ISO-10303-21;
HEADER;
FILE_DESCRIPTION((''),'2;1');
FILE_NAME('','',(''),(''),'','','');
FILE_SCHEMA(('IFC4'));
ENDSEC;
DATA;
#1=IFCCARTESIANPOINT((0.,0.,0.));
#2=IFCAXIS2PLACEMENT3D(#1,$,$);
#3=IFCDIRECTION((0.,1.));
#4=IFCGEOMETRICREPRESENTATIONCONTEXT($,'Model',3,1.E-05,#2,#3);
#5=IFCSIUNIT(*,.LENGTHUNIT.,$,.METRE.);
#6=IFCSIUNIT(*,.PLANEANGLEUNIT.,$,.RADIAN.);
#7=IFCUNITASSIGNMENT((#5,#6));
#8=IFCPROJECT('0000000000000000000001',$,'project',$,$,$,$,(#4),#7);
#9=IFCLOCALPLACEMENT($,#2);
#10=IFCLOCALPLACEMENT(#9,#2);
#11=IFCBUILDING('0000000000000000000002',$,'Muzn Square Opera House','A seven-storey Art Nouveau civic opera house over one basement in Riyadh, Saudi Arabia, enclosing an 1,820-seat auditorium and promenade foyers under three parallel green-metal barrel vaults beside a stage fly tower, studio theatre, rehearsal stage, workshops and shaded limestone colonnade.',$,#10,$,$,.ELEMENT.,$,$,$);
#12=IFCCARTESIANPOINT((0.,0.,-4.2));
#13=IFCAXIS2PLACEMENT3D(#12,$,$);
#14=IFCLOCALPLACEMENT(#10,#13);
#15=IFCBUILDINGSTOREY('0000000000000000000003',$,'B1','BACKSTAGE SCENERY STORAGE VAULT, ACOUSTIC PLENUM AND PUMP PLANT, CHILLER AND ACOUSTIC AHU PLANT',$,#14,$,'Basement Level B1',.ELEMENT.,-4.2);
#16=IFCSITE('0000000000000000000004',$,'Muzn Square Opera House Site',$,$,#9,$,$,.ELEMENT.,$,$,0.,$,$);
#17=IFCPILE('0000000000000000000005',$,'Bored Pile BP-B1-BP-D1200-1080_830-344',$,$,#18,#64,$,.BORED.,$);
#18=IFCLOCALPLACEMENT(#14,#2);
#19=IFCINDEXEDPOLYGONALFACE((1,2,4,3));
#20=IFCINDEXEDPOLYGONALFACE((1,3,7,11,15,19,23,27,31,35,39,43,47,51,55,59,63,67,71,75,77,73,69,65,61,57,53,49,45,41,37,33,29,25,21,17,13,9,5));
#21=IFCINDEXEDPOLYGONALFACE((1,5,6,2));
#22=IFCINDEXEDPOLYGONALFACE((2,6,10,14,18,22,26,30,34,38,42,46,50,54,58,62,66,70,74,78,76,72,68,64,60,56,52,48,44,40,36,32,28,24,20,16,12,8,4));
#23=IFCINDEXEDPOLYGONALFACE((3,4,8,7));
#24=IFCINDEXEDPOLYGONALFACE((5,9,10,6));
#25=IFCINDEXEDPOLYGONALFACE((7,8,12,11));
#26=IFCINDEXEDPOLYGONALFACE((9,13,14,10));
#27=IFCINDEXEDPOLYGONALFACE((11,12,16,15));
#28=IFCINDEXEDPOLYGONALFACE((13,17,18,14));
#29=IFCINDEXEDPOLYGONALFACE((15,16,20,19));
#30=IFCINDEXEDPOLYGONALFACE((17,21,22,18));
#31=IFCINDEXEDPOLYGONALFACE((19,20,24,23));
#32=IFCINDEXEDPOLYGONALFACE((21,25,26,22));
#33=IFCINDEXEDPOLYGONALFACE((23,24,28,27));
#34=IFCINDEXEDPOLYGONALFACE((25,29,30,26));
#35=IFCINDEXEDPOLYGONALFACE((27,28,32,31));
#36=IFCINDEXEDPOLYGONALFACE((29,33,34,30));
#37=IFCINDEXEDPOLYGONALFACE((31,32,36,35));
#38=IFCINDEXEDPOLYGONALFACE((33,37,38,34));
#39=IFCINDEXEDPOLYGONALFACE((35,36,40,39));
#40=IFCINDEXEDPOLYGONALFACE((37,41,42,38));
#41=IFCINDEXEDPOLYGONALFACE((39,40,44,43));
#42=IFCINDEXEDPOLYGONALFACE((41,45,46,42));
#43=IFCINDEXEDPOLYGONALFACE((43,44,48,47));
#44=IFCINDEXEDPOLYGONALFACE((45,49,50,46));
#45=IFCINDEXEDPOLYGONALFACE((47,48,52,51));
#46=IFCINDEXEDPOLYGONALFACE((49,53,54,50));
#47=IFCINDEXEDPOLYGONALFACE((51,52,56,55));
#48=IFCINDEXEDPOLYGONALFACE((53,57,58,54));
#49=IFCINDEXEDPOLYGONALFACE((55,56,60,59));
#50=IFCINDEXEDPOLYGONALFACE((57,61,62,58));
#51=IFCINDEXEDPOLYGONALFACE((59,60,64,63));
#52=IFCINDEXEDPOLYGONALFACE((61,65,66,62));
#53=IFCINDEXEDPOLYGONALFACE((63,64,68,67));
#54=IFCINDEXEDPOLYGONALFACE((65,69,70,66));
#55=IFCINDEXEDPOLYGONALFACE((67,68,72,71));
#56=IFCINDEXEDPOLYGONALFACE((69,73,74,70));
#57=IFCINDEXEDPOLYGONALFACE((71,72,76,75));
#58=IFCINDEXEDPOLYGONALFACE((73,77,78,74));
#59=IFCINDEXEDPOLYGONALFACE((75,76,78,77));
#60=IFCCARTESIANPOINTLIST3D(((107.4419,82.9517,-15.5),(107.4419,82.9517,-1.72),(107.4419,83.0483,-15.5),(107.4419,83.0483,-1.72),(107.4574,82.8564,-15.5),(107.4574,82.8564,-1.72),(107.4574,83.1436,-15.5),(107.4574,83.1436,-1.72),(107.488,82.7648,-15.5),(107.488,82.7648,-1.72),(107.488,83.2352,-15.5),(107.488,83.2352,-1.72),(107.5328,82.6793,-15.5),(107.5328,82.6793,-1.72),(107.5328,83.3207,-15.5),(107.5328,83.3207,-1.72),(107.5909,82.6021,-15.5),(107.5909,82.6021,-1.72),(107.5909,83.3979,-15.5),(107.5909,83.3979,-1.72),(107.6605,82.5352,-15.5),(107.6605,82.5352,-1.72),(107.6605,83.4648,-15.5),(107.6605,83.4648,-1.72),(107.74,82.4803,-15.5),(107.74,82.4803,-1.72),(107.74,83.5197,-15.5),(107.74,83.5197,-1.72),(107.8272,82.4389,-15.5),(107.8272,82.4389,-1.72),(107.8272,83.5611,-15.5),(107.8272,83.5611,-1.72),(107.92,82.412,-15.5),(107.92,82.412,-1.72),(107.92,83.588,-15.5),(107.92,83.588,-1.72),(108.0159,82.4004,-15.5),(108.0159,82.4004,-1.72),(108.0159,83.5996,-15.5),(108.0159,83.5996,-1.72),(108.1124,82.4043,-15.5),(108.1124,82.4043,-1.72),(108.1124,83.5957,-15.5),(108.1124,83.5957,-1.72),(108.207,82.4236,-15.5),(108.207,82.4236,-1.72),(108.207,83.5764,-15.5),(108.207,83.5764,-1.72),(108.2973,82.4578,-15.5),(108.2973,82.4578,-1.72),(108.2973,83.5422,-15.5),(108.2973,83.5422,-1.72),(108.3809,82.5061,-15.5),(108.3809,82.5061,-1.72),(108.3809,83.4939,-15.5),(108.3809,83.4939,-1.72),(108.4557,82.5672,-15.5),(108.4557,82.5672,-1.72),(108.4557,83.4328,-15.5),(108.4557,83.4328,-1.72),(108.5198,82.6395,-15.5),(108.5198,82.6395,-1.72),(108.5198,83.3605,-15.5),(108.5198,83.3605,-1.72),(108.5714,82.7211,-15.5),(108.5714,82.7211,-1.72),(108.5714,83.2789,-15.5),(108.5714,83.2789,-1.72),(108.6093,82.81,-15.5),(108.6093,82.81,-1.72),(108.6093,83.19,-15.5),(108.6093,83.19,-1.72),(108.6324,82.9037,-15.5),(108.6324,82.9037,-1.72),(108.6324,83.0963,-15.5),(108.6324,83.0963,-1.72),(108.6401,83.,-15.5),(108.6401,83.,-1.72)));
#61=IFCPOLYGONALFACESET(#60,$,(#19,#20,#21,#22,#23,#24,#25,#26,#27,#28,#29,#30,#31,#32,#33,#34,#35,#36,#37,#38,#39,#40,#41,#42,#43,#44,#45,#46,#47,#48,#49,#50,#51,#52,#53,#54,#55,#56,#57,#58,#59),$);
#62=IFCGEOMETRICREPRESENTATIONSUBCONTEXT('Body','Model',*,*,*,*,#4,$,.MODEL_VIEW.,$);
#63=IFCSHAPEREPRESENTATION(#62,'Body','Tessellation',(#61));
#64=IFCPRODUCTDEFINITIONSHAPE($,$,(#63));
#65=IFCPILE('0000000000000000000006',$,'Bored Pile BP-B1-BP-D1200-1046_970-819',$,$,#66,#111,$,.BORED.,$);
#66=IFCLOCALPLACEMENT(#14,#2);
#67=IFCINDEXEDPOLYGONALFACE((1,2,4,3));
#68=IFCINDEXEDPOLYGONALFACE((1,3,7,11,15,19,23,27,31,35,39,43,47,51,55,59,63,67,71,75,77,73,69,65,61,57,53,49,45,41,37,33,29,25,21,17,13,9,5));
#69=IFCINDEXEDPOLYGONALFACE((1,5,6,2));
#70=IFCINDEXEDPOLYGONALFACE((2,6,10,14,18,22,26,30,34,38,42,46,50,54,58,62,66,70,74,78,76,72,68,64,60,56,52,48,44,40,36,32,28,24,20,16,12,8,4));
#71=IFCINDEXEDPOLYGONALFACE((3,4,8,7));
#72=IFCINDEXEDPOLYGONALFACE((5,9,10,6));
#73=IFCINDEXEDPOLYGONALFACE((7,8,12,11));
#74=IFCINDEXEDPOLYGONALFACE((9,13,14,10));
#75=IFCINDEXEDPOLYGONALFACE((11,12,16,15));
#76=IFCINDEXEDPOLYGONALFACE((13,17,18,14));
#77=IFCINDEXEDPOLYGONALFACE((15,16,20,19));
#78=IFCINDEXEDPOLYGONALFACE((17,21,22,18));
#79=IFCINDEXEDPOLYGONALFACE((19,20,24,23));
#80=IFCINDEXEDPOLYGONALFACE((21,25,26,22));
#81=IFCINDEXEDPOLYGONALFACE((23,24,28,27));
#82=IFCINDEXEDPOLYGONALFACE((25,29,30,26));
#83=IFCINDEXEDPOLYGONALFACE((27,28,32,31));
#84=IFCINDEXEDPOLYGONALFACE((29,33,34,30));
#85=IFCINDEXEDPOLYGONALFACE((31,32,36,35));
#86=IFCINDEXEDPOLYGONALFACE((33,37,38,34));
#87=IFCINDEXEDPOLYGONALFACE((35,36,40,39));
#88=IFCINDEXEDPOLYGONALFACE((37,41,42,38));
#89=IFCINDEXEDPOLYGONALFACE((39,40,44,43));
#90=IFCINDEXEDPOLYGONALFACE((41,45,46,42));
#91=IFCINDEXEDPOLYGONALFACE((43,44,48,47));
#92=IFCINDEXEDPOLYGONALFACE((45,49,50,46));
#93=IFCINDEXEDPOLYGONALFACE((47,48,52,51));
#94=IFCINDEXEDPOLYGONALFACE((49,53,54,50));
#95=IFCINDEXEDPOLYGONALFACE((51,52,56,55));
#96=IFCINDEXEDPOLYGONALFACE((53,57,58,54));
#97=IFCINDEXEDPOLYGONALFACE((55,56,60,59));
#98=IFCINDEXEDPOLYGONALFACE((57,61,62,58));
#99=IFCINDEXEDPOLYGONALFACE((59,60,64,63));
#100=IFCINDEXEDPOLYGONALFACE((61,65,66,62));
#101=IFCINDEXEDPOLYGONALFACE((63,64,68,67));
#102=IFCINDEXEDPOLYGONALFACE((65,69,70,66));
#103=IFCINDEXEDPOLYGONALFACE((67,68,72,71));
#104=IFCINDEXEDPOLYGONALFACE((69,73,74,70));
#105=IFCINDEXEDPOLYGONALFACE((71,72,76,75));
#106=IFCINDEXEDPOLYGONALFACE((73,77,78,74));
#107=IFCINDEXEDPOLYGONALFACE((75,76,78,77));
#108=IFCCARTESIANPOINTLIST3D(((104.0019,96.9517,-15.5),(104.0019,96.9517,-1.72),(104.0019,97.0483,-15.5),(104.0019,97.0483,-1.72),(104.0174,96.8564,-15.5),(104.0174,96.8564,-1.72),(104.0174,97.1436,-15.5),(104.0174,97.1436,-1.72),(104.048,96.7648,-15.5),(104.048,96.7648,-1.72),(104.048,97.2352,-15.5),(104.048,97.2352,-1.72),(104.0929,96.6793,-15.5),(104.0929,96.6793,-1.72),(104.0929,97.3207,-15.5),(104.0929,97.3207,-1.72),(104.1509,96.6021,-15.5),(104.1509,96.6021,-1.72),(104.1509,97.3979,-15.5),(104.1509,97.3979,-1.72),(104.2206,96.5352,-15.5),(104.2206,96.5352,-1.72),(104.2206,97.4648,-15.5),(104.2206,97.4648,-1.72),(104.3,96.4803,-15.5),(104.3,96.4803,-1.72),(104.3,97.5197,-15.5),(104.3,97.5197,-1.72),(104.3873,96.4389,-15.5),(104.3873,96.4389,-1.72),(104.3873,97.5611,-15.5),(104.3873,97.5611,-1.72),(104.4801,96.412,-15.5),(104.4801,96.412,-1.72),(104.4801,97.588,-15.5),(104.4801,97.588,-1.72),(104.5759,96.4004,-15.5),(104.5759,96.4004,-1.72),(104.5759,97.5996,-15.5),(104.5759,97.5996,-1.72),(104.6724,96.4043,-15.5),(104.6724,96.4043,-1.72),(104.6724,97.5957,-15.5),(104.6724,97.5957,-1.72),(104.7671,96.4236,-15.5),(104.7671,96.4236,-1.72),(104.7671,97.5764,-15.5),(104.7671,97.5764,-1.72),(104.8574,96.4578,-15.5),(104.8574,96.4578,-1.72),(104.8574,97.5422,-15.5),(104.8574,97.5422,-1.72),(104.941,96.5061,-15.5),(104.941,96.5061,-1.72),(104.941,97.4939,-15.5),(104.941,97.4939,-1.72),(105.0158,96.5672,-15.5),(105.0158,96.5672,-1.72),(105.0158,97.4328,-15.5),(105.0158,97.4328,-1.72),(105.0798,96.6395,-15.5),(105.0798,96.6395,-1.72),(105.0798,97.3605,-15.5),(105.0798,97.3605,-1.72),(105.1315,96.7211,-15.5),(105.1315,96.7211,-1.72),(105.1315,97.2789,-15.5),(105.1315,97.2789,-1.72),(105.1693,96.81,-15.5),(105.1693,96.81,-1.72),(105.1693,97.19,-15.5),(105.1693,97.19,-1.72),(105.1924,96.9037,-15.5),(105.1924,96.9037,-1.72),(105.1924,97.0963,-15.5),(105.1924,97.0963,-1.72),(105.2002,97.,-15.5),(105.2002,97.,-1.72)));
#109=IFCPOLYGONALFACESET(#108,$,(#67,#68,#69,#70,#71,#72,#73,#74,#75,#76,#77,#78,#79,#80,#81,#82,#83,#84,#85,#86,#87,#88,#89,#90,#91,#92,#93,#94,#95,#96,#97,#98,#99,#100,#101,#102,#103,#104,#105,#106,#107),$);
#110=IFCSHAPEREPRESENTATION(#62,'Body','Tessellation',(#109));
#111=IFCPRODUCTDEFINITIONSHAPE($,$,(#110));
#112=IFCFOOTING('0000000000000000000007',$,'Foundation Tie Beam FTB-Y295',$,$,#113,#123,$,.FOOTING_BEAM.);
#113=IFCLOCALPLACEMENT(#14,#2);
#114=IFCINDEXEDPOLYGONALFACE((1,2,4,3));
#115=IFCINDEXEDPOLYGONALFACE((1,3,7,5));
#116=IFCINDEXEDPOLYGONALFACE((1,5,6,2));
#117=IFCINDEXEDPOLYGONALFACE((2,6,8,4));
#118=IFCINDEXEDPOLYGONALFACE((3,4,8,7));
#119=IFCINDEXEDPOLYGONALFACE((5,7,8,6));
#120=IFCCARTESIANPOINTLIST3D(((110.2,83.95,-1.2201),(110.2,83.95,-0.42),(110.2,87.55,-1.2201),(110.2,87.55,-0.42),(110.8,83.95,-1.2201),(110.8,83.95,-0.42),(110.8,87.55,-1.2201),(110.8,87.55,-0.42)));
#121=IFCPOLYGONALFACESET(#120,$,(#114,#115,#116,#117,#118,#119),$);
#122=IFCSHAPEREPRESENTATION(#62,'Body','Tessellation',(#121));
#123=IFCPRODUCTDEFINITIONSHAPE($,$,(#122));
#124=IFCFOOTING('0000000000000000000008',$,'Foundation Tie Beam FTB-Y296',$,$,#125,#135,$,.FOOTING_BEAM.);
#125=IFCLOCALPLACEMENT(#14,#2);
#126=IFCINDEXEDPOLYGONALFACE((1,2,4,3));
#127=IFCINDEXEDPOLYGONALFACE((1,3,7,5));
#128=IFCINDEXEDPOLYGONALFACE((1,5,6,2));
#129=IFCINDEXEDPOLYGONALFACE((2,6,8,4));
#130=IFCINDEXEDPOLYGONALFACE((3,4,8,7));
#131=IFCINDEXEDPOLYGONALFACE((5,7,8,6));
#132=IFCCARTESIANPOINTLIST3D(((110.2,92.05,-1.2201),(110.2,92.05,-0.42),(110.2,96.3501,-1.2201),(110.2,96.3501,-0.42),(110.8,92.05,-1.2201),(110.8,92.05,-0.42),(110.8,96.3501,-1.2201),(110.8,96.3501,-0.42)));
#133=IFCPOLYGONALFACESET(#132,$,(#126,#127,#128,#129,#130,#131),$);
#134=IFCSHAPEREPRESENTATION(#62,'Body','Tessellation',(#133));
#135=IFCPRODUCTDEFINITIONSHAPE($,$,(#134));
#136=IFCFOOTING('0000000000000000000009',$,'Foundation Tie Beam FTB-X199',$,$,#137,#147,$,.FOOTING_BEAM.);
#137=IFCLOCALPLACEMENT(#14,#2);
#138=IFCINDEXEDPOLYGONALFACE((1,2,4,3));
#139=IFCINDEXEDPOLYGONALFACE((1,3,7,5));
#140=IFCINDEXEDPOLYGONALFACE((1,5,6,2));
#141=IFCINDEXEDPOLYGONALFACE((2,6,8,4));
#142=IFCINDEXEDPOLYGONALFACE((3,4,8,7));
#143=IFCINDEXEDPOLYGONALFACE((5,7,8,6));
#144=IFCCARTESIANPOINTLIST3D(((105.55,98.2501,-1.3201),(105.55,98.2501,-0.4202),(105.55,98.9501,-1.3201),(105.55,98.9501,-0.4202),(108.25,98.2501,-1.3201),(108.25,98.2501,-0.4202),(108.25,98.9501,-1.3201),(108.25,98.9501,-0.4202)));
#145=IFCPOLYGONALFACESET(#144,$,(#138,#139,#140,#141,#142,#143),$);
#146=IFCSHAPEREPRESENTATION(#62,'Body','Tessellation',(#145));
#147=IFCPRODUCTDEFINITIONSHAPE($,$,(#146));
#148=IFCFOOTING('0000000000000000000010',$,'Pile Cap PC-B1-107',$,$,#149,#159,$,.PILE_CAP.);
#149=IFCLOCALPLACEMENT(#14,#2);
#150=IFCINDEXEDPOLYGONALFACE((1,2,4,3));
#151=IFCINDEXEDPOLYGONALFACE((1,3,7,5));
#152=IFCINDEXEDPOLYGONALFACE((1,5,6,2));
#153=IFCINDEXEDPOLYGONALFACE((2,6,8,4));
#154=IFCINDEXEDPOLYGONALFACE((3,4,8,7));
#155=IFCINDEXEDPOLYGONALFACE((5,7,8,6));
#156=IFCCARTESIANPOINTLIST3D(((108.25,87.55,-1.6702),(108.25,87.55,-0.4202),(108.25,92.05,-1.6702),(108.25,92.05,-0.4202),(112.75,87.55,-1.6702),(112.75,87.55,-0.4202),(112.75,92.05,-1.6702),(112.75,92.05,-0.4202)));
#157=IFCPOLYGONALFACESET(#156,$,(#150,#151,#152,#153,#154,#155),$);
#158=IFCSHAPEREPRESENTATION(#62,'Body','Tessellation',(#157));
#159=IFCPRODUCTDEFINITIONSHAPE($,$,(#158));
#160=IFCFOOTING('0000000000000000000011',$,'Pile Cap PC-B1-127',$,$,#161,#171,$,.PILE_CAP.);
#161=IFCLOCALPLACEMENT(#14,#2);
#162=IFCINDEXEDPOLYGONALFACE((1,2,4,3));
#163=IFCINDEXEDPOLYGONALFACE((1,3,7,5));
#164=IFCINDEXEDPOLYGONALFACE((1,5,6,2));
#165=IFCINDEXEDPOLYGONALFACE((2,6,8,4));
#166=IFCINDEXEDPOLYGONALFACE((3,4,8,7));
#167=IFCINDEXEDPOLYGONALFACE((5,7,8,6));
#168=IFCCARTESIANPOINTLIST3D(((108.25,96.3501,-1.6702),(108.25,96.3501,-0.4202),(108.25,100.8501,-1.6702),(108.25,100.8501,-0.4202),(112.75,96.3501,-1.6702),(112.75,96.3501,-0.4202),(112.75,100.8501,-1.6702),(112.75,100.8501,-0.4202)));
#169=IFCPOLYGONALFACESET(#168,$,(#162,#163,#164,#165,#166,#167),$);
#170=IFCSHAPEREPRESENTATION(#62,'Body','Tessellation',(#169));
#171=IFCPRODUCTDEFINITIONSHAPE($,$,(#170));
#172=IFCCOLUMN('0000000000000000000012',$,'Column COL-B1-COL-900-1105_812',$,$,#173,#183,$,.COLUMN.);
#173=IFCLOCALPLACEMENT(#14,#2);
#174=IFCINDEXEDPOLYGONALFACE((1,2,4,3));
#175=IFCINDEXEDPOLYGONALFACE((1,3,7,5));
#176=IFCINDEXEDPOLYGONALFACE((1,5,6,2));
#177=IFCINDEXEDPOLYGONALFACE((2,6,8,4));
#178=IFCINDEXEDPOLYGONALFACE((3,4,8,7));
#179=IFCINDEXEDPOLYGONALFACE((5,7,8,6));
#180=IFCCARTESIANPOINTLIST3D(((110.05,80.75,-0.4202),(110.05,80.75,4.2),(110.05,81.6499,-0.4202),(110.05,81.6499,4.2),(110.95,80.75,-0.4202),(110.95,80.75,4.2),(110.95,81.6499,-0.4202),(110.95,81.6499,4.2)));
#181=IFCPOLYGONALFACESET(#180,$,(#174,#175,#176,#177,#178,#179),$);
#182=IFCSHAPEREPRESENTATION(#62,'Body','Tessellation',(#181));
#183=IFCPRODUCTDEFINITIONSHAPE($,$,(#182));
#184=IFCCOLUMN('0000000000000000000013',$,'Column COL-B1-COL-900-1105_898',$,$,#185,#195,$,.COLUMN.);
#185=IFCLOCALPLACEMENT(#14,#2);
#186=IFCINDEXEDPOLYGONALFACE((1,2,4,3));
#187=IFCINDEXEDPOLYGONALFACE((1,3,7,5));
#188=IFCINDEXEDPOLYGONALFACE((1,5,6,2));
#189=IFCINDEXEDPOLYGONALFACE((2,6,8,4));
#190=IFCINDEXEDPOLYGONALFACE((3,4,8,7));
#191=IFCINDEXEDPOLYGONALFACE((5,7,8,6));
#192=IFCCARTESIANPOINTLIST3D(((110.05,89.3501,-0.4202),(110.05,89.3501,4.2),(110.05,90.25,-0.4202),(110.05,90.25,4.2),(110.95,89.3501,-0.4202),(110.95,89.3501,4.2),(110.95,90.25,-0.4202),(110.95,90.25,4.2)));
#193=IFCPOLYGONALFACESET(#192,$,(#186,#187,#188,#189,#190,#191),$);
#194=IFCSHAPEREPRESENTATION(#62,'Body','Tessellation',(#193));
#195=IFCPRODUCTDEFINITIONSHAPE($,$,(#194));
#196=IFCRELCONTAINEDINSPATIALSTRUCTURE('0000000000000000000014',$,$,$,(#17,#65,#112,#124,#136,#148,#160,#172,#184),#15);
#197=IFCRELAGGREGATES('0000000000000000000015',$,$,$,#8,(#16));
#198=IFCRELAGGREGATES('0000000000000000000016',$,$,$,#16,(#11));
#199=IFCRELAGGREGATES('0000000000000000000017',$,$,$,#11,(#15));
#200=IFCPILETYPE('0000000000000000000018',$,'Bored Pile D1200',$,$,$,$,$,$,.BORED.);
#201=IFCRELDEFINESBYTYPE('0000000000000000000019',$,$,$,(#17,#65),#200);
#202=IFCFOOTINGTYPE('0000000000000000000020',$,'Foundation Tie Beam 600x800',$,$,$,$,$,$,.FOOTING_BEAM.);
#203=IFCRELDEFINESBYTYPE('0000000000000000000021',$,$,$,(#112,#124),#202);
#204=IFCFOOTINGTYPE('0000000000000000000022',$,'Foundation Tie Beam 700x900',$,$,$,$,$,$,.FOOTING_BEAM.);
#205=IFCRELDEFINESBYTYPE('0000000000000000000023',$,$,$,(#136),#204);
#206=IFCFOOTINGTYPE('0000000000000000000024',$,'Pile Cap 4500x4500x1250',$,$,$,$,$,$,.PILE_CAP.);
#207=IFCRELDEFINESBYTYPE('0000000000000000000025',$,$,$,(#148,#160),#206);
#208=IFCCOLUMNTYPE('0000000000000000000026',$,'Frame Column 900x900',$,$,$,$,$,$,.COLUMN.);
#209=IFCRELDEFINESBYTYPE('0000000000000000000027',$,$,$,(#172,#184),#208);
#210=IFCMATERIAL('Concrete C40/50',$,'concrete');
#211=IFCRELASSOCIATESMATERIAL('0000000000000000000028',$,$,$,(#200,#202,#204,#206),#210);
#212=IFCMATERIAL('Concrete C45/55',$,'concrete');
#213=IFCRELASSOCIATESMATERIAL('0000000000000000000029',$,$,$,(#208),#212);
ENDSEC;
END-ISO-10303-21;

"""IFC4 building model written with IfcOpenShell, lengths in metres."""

from ifc_helpers import new_model, si_unit, direction, frame, origin, origin_2d, place, context, subcontext, project, spatial, rectangle, circle, extrude, material, material_profile, profile_set, type_object, element, save


model = new_model("IFC4")

# Units and contexts
model_context = context("Model", 3, precision=1e-05, world=origin(), true_north=direction((0.0, 1.0)))
body_context = subcontext(model_context, "Body", "Model", "MODEL_VIEW")
ifc_project = project(units=[si_unit("LENGTHUNIT", "METRE"), si_unit("PLANEANGLEUNIT", "RADIAN")], contexts=[model_context])

# Site, building, storey
site_placement = place(None, origin())
site = spatial("IfcSite", under=ifc_project, at=site_placement, Name="Muzn Square Opera House Site", CompositionType="ELEMENT", RefElevation=0.0)
building_placement = place(site_placement, origin())
building = spatial("IfcBuilding", under=site, at=building_placement, Name="Muzn Square Opera House", Description="A seven-storey Art Nouveau civic opera house over one basement in Riyadh, Saudi Arabia, enclosing an 1,820-seat auditorium and promenade foyers under three parallel green-metal barrel vaults beside a stage fly tower, studio theatre, rehearsal stage, workshops and shaded limestone colonnade.", CompositionType="ELEMENT")
storey_placement = place(building_placement, frame((0.0, 0.0, -4.2)))
storey = spatial("IfcBuildingStorey", under=building, at=storey_placement, Name="B1", Description="BACKSTAGE SCENERY STORAGE VAULT, ACOUSTIC PLENUM AND PUMP PLANT, CHILLER AND ACOUSTIC AHU PLANT", LongName="Basement Level B1", CompositionType="ELEMENT", Elevation=-4.2)

# Piles
ifc_material_1 = material(Name="Concrete C40/50", Category="concrete")
ifc_material_profile_1 = material_profile(ifc_material_1, circle(Radius=0.6001, at=origin_2d()), Name="BORED PILE D1200", Category="concrete")
ifc_profile_set_1 = profile_set([ifc_material_profile_1], Name="Concrete C40/50")
pile_type_1 = type_object("IfcPileType", Name="Bored Pile D1200", PredefinedType="BORED", material=ifc_profile_set_1)
for number, where, z_axis, x_axis, name in (
    (1, (108.04, 83.0, -1.72), (0.0, 0.0, -1.0), (1.0, 0.0, 0.0), "Bored Pile BP-B1-BP-D1200-1080_830-344"),
    (2, (104.6001, 97.0, -1.72), (0.0, 0.0, -1.0), (1.0, 0.0, 0.0), "Bored Pile BP-B1-BP-D1200-1046_970-819"),
):
    element("IfcPile", number, at=place(storey_placement, frame(where, z_axis=z_axis, x_axis=x_axis)), inside=storey, type_object=pile_type_1, Name=name, PredefinedType="BORED", context=body_context, shape_type="SweptSolid", body=[
        extrude(circle(Radius=0.6001, at=origin_2d()), origin(), (0.0, 0.0, 1.0), 13.78),
    ])

# Footings
ifc_material_profile_2 = material_profile(ifc_material_1, rectangle(XDim=0.6001, YDim=0.8, at=origin_2d()), Name="RCTB 600x800", Category="concrete")
ifc_profile_set_2 = profile_set([ifc_material_profile_2], Name="Concrete C40/50")
footing_type_1 = type_object("IfcFootingType", Name="Foundation Tie Beam 600x800", PredefinedType="FOOTING_BEAM", material=ifc_profile_set_2)
footing_1_placement = place(storey_placement, frame((110.5, 83.95, -0.8201), z_axis=(0.0, 1.0, 0.0), x_axis=(-1.0, 0.0, 0.0)))
element("IfcFooting", 3, at=footing_1_placement, inside=storey, type_object=footing_type_1, Name="Foundation Tie Beam FTB-Y295", PredefinedType="FOOTING_BEAM", context=body_context, shape_type="SweptSolid", body=[
    extrude(rectangle(XDim=0.6001, YDim=0.8, at=origin_2d()), origin(), (0.0, 0.0, 1.0), 3.6001),
])
footing_2_placement = place(storey_placement, frame((110.5, 92.05, -0.8201), z_axis=(0.0, 1.0, 0.0), x_axis=(-1.0, 0.0, 0.0)))
element("IfcFooting", 4, at=footing_2_placement, inside=storey, type_object=footing_type_1, Name="Foundation Tie Beam FTB-Y296", PredefinedType="FOOTING_BEAM", context=body_context, shape_type="SweptSolid", body=[
    extrude(rectangle(XDim=0.6001, YDim=0.8, at=origin_2d()), origin(), (0.0, 0.0, 1.0), 4.3),
])
ifc_material_profile_3 = material_profile(ifc_material_1, rectangle(XDim=0.7, YDim=0.8999, at=origin_2d()), Name="RCTB 700x900", Category="concrete")
ifc_profile_set_3 = profile_set([ifc_material_profile_3], Name="Concrete C40/50")
footing_type_2 = type_object("IfcFootingType", Name="Foundation Tie Beam 700x900", PredefinedType="FOOTING_BEAM", material=ifc_profile_set_3)
footing_3_placement = place(storey_placement, frame((105.55, 98.6001, -0.8701), z_axis=(1.0, 0.0, 0.0), x_axis=(0.0, 1.0, 0.0)))
element("IfcFooting", 5, at=footing_3_placement, inside=storey, type_object=footing_type_2, Name="Foundation Tie Beam FTB-X199", PredefinedType="FOOTING_BEAM", context=body_context, shape_type="SweptSolid", body=[
    extrude(rectangle(XDim=0.7, YDim=0.8999, at=origin_2d()), origin(), (0.0, 0.0, 1.0), 2.7),
])
footing_type_3 = type_object("IfcFootingType", Name="Pile Cap 4500x4500x1250", PredefinedType="PILE_CAP", material=ifc_material_1)
for number, where, z_axis, x_axis, name in (
    (6, (110.5, 89.8, -1.6702), (0.0, 0.0, 1.0), (1.0, 0.0, 0.0), "Pile Cap PC-B1-107"),
    (7, (110.5, 98.6001, -1.6702), (0.0, 0.0, 1.0), (1.0, 0.0, 0.0), "Pile Cap PC-B1-127"),
):
    element("IfcFooting", number, at=place(storey_placement, frame(where, z_axis=z_axis, x_axis=x_axis)), inside=storey, type_object=footing_type_3, Name=name, PredefinedType="PILE_CAP", context=body_context, shape_type="SweptSolid", body=[
        extrude(rectangle(XDim=4.5, YDim=4.5, at=origin_2d()), origin(), (0.0, 0.0, 1.0), 1.25),
    ])

# Columns
ifc_material_2 = material(Name="Concrete C45/55", Category="concrete")
ifc_material_profile_4 = material_profile(ifc_material_2, rectangle(XDim=0.8999, YDim=0.8999, at=origin_2d()), Name="RC 900x900", Category="concrete")
ifc_profile_set_4 = profile_set([ifc_material_profile_4], Name="Concrete C45/55")
column_type = type_object("IfcColumnType", Name="Frame Column 900x900", PredefinedType="COLUMN", material=ifc_profile_set_4)
for number, where, z_axis, x_axis, name in (
    (8, (110.5, 81.2, -0.4202), (0.0, 0.0, 1.0), (1.0, 0.0, 0.0), "Column COL-B1-COL-900-1105_812"),
    (9, (110.5, 89.8, -0.4202), (0.0, 0.0, 1.0), (1.0, 0.0, 0.0), "Column COL-B1-COL-900-1105_898"),
):
    element("IfcColumn", number, at=place(storey_placement, frame(where, z_axis=z_axis, x_axis=x_axis)), inside=storey, type_object=column_type, Name=name, PredefinedType="COLUMN", context=body_context, shape_type="SweptSolid", body=[
        extrude(rectangle(XDim=0.8999, YDim=0.8999, at=origin_2d()), origin(), (0.0, 0.0, 1.0), 4.6201),
    ])

save(model, "model.ifc")
